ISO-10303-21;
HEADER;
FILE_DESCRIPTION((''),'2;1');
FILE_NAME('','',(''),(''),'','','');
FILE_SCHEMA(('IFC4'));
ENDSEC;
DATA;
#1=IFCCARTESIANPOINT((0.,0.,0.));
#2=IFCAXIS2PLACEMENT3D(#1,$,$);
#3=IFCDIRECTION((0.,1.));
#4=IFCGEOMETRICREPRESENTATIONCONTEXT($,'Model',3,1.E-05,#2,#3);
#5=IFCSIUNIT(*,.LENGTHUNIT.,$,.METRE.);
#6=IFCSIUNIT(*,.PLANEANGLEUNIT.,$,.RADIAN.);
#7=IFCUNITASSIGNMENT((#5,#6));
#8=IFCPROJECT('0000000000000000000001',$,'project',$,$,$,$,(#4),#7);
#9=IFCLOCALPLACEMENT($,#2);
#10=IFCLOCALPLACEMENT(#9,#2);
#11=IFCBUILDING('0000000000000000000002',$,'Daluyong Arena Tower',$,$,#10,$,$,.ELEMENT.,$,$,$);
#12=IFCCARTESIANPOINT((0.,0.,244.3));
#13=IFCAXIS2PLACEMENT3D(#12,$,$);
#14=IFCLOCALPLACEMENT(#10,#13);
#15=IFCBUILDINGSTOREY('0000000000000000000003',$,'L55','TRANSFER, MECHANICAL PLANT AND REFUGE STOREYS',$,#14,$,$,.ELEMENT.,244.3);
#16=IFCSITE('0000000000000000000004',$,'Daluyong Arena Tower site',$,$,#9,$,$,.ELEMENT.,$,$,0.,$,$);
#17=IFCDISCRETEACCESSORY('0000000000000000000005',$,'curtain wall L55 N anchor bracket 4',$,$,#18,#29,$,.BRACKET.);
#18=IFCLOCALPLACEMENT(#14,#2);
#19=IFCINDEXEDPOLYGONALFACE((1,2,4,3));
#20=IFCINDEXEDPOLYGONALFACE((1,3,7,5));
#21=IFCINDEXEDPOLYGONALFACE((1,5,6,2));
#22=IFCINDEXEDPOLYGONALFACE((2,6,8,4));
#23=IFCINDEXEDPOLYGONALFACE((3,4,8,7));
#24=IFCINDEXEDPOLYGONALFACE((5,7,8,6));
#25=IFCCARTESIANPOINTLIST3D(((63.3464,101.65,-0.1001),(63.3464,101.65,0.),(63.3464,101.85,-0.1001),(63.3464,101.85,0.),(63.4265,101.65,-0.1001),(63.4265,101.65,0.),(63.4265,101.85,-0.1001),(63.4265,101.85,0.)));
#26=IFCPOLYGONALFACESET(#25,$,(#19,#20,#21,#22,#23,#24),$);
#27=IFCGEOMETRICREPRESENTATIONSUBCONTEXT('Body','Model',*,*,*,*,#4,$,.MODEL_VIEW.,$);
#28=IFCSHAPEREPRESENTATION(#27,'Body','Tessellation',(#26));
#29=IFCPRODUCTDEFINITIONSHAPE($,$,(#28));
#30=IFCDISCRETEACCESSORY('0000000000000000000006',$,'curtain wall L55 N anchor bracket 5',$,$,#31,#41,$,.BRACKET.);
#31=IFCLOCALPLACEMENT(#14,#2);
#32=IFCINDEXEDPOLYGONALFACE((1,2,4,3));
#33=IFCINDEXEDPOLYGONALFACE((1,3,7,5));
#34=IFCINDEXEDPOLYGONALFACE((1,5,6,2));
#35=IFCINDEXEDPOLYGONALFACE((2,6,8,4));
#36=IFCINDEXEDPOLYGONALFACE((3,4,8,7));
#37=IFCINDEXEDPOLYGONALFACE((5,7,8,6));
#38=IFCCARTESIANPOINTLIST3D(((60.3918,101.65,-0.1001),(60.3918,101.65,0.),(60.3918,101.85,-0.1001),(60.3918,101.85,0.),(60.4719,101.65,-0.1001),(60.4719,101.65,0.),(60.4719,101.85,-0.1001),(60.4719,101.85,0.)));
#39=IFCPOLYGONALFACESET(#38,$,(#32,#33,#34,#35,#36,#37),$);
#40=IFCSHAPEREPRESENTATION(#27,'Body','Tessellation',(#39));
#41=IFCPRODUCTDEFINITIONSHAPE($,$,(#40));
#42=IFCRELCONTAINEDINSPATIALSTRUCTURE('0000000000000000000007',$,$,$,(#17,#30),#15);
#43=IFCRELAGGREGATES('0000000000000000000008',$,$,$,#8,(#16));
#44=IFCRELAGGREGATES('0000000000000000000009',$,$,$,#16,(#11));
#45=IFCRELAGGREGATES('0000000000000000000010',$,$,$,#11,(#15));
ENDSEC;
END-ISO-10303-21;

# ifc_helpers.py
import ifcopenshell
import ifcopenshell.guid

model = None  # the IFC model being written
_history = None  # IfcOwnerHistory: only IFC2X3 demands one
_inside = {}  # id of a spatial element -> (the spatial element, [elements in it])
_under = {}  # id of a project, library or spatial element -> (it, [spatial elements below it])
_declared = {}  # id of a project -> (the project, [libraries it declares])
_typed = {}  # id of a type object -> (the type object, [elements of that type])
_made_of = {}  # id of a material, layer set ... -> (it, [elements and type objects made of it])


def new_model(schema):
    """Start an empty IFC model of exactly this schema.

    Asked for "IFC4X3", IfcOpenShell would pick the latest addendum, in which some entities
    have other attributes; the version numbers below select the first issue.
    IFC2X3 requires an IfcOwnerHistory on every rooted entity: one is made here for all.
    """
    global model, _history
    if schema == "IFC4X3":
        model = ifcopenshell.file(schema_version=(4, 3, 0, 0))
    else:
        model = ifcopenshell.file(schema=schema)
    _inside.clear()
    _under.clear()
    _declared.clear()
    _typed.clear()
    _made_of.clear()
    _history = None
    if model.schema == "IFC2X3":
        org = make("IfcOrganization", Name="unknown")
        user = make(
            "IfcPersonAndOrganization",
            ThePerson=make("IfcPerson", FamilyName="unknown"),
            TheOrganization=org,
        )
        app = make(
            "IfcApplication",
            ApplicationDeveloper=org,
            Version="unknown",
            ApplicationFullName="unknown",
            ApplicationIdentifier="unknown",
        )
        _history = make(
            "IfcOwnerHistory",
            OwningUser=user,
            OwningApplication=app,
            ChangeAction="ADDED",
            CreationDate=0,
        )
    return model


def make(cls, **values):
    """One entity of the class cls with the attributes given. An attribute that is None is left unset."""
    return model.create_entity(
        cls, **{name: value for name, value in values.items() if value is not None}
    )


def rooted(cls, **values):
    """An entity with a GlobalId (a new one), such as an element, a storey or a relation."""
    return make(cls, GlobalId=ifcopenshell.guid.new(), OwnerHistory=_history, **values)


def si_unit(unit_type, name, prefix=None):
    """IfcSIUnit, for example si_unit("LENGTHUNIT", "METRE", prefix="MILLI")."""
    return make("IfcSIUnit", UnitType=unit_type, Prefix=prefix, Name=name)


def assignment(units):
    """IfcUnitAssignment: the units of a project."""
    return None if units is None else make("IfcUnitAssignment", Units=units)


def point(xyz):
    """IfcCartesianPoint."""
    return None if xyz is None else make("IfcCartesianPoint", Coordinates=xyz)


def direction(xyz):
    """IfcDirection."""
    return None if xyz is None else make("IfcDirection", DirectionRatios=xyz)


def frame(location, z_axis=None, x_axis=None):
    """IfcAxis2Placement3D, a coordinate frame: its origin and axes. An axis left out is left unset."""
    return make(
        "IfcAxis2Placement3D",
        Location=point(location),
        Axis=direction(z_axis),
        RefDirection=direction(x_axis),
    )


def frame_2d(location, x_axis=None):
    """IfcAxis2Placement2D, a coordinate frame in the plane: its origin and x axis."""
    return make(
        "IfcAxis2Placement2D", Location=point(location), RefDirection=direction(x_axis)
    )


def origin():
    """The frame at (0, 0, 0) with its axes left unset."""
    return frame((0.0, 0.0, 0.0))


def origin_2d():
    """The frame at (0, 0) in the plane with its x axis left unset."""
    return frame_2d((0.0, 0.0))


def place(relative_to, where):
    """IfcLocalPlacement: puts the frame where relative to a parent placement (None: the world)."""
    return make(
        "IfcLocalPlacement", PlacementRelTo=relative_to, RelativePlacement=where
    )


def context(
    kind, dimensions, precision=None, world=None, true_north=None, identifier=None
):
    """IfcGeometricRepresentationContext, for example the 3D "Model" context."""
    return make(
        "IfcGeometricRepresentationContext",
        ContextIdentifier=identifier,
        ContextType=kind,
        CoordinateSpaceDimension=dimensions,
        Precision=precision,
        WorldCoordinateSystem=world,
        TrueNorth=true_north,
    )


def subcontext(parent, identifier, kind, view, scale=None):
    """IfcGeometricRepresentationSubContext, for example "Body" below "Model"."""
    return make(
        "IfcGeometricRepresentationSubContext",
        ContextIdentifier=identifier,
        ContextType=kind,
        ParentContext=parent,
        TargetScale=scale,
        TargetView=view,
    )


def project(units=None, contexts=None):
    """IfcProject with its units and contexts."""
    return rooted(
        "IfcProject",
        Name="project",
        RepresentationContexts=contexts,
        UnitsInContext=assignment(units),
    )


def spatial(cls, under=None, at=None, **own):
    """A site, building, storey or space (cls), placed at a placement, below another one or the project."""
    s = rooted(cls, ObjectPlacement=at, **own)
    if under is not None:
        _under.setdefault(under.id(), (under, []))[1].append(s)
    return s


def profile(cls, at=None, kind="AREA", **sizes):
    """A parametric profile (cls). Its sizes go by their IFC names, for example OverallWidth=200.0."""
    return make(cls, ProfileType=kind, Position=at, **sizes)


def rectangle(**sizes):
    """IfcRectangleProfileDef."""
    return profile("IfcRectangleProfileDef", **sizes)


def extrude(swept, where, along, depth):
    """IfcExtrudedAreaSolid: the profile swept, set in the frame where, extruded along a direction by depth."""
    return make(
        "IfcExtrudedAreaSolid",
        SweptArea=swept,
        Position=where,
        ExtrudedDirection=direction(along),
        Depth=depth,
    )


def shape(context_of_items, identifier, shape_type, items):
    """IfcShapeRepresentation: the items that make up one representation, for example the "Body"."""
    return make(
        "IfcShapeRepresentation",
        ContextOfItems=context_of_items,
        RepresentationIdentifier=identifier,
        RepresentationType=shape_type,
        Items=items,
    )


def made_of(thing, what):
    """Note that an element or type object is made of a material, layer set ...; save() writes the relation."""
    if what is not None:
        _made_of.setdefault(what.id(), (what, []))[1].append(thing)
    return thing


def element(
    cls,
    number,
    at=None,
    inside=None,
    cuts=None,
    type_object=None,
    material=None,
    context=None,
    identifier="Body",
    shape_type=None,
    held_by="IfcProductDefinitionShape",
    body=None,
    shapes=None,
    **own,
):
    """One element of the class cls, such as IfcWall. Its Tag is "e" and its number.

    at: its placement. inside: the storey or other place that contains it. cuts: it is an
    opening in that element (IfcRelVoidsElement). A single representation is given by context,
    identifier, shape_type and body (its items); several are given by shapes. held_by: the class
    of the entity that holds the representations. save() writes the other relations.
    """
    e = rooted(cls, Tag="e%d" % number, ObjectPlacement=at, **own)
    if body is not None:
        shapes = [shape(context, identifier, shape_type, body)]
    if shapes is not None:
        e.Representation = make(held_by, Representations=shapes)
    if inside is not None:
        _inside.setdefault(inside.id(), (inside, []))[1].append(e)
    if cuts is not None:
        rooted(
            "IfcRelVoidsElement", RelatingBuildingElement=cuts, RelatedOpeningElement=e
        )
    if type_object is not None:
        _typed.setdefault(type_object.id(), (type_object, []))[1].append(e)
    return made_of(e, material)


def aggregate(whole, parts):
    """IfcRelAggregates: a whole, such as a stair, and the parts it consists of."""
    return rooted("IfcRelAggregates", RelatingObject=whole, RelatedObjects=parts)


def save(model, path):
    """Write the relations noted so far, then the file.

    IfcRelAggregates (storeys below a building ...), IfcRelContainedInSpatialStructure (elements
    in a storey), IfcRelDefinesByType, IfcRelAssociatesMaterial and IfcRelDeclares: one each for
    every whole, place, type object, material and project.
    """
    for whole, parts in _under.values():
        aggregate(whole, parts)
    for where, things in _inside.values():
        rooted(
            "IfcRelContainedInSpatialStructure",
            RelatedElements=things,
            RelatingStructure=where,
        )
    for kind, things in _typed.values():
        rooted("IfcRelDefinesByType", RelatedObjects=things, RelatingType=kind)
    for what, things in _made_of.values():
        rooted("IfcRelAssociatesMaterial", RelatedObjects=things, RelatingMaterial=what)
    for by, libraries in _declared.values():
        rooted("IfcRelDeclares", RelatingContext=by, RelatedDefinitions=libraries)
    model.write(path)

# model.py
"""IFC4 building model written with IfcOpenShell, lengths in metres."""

from ifc_helpers import new_model, si_unit, direction, frame, origin, origin_2d, place, context, subcontext, project, spatial, rectangle, extrude, element, save


model = new_model("IFC4")

# Units and contexts
model_context = context("Model", 3, precision=1e-05, world=origin(), true_north=direction((0.0, 1.0)))
body_context = subcontext(model_context, "Body", "Model", "MODEL_VIEW")
ifc_project = project(units=[si_unit("LENGTHUNIT", "METRE"), si_unit("PLANEANGLEUNIT", "RADIAN")], contexts=[model_context])

# Site, building, storey
site_placement = place(None, origin())
site = spatial("IfcSite", under=ifc_project, at=site_placement, Name="Daluyong Arena Tower site", CompositionType="ELEMENT", RefElevation=0.0)
building_placement = place(site_placement, origin())
building = spatial("IfcBuilding", under=site, at=building_placement, Name="Daluyong Arena Tower", CompositionType="ELEMENT")
storey_placement = place(building_placement, frame((0.0, 0.0, 244.3)))
storey = spatial("IfcBuildingStorey", under=building, at=storey_placement, Name="L55", Description="TRANSFER, MECHANICAL PLANT AND REFUGE STOREYS", CompositionType="ELEMENT", Elevation=244.3)

# Discrete accessories
for number, where, z_axis, x_axis, name in (
    (1, (63.3865, 101.75, -0.1001), (0.0, 0.0, 1.0), (-1.0, 0.0, 0.0), "curtain wall L55 N anchor bracket 4"),
    (2, (60.4319, 101.75, -0.1001), (0.0, 0.0, 1.0), (-1.0, 0.0, 0.0), "curtain wall L55 N anchor bracket 5"),
):
    element("IfcDiscreteAccessory", number, at=place(storey_placement, frame(where, z_axis=z_axis, x_axis=x_axis)), inside=storey, Name=name, PredefinedType="BRACKET", context=body_context, shape_type="SweptSolid", body=[
        extrude(rectangle(XDim=0.0801, YDim=0.2, at=origin_2d()), origin(), (0.0, 0.0, 1.0), 0.1001),
    ])

save(model, "model.ifc")
